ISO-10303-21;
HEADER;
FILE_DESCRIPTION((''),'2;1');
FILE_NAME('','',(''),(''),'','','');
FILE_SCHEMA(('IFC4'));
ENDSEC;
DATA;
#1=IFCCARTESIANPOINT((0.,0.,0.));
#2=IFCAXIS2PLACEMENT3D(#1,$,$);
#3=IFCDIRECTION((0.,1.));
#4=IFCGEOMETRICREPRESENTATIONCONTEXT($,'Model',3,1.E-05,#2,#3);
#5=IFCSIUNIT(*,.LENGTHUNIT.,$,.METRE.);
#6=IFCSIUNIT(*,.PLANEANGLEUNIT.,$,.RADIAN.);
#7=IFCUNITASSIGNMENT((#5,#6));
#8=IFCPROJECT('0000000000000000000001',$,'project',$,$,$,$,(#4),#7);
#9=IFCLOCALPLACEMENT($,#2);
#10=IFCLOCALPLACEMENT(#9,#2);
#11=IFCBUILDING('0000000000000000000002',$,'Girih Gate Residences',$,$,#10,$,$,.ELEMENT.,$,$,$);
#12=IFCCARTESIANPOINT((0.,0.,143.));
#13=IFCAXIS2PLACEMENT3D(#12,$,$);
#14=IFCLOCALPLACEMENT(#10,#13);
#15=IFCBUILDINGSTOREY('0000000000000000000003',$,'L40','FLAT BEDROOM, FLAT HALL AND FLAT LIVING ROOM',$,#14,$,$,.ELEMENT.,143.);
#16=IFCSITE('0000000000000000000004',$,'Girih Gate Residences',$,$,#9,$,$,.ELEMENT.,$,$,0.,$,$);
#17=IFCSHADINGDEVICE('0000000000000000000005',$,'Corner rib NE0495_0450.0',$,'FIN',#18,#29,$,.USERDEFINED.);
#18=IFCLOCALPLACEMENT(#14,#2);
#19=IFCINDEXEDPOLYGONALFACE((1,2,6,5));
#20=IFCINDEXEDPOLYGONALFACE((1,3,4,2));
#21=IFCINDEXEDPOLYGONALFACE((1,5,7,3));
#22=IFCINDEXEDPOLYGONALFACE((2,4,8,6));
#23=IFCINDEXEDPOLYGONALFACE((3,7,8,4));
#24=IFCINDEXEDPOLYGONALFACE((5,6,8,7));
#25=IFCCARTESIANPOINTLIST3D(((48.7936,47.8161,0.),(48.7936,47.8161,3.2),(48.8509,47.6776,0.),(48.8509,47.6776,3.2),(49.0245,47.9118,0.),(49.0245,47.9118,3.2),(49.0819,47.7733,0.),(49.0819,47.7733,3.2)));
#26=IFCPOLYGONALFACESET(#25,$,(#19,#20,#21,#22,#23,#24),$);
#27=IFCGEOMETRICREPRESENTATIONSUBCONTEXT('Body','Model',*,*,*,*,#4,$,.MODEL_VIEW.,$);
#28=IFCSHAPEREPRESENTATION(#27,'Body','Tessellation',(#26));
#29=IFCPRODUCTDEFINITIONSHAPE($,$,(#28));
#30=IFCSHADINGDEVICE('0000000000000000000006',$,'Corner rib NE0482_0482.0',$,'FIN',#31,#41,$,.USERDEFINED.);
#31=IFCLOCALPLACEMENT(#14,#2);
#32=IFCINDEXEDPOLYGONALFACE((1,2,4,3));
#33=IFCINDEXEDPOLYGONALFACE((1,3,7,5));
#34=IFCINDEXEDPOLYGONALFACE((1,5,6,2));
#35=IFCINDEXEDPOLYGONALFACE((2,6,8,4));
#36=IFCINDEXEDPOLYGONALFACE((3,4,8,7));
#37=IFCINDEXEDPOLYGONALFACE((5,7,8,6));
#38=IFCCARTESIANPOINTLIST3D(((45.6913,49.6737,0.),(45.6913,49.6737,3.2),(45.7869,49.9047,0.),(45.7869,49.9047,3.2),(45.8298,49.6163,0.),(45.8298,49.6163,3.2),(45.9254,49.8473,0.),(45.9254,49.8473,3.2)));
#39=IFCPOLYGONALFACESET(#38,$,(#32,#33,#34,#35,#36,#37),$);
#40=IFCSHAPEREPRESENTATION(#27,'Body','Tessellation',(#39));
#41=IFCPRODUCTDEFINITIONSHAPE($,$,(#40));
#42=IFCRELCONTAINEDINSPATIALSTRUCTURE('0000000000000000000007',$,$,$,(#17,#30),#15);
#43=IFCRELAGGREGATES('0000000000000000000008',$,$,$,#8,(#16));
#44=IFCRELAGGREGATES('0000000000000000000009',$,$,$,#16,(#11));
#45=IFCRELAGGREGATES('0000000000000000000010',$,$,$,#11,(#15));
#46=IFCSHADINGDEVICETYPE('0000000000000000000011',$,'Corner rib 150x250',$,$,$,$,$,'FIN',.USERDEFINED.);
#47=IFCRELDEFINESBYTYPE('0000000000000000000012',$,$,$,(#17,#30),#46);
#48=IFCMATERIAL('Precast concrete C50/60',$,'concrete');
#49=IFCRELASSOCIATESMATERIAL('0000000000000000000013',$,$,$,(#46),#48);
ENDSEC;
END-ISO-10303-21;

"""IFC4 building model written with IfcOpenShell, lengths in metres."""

from ifc_helpers import new_model, si_unit, direction, frame, origin, origin_2d, place, context, subcontext, project, spatial, rectangle, extrude, material, type_object, element, save


model = new_model("IFC4")

# Units and contexts
model_context = context("Model", 3, precision=1e-05, world=origin(), true_north=direction((0.0, 1.0)))
body_context = subcontext(model_context, "Body", "Model", "MODEL_VIEW")
ifc_project = project(units=[si_unit("LENGTHUNIT", "METRE"), si_unit("PLANEANGLEUNIT", "RADIAN")], contexts=[model_context])

# Site, building, storey
site_placement = place(None, origin())
site = spatial("IfcSite", under=ifc_project, at=site_placement, Name="Girih Gate Residences", CompositionType="ELEMENT", RefElevation=0.0)
building_placement = place(site_placement, origin())
building = spatial("IfcBuilding", under=site, at=building_placement, Name="Girih Gate Residences", CompositionType="ELEMENT")
storey_placement = place(building_placement, frame((0.0, 0.0, 143.0)))
storey = spatial("IfcBuildingStorey", under=building, at=storey_placement, Name="L40", Description="FLAT BEDROOM, FLAT HALL AND FLAT LIVING ROOM", CompositionType="ELEMENT", Elevation=143.0)

# Shared definitions
ifc_material_1 = material(Name="Precast concrete C50/60", Category="concrete")

# Shading devices
shading_device_type = type_object("IfcShadingDeviceType", Name="Corner rib 150x250", ElementType="FIN", PredefinedType="USERDEFINED", material=ifc_material_1)
for number, where, z_axis, x_axis, name in (
    (1, (48.9377, 47.7947, 0.0), (0.0, 0.0, 1.0), (-0.382683, 0.92388, 0.0), "Corner rib NE0495_0450.0"),
    (2, (45.8083, 49.7605, 0.0), (0.0, 0.0, 1.0), (-0.92388, 0.382683, 0.0), "Corner rib NE0482_0482.0"),
):
    element("IfcShadingDevice", number, at=place(storey_placement, frame(where, z_axis=z_axis, x_axis=x_axis)), inside=storey, type_object=shading_device_type, Name=name, ObjectType="FIN", PredefinedType="USERDEFINED", context=body_context, shape_type="SweptSolid", body=[
        extrude(rectangle(XDim=0.1499, YDim=0.25, at=origin_2d()), origin(), (0.0, 0.0, 1.0), 3.2),
    ])

save(model, "model.ifc")
